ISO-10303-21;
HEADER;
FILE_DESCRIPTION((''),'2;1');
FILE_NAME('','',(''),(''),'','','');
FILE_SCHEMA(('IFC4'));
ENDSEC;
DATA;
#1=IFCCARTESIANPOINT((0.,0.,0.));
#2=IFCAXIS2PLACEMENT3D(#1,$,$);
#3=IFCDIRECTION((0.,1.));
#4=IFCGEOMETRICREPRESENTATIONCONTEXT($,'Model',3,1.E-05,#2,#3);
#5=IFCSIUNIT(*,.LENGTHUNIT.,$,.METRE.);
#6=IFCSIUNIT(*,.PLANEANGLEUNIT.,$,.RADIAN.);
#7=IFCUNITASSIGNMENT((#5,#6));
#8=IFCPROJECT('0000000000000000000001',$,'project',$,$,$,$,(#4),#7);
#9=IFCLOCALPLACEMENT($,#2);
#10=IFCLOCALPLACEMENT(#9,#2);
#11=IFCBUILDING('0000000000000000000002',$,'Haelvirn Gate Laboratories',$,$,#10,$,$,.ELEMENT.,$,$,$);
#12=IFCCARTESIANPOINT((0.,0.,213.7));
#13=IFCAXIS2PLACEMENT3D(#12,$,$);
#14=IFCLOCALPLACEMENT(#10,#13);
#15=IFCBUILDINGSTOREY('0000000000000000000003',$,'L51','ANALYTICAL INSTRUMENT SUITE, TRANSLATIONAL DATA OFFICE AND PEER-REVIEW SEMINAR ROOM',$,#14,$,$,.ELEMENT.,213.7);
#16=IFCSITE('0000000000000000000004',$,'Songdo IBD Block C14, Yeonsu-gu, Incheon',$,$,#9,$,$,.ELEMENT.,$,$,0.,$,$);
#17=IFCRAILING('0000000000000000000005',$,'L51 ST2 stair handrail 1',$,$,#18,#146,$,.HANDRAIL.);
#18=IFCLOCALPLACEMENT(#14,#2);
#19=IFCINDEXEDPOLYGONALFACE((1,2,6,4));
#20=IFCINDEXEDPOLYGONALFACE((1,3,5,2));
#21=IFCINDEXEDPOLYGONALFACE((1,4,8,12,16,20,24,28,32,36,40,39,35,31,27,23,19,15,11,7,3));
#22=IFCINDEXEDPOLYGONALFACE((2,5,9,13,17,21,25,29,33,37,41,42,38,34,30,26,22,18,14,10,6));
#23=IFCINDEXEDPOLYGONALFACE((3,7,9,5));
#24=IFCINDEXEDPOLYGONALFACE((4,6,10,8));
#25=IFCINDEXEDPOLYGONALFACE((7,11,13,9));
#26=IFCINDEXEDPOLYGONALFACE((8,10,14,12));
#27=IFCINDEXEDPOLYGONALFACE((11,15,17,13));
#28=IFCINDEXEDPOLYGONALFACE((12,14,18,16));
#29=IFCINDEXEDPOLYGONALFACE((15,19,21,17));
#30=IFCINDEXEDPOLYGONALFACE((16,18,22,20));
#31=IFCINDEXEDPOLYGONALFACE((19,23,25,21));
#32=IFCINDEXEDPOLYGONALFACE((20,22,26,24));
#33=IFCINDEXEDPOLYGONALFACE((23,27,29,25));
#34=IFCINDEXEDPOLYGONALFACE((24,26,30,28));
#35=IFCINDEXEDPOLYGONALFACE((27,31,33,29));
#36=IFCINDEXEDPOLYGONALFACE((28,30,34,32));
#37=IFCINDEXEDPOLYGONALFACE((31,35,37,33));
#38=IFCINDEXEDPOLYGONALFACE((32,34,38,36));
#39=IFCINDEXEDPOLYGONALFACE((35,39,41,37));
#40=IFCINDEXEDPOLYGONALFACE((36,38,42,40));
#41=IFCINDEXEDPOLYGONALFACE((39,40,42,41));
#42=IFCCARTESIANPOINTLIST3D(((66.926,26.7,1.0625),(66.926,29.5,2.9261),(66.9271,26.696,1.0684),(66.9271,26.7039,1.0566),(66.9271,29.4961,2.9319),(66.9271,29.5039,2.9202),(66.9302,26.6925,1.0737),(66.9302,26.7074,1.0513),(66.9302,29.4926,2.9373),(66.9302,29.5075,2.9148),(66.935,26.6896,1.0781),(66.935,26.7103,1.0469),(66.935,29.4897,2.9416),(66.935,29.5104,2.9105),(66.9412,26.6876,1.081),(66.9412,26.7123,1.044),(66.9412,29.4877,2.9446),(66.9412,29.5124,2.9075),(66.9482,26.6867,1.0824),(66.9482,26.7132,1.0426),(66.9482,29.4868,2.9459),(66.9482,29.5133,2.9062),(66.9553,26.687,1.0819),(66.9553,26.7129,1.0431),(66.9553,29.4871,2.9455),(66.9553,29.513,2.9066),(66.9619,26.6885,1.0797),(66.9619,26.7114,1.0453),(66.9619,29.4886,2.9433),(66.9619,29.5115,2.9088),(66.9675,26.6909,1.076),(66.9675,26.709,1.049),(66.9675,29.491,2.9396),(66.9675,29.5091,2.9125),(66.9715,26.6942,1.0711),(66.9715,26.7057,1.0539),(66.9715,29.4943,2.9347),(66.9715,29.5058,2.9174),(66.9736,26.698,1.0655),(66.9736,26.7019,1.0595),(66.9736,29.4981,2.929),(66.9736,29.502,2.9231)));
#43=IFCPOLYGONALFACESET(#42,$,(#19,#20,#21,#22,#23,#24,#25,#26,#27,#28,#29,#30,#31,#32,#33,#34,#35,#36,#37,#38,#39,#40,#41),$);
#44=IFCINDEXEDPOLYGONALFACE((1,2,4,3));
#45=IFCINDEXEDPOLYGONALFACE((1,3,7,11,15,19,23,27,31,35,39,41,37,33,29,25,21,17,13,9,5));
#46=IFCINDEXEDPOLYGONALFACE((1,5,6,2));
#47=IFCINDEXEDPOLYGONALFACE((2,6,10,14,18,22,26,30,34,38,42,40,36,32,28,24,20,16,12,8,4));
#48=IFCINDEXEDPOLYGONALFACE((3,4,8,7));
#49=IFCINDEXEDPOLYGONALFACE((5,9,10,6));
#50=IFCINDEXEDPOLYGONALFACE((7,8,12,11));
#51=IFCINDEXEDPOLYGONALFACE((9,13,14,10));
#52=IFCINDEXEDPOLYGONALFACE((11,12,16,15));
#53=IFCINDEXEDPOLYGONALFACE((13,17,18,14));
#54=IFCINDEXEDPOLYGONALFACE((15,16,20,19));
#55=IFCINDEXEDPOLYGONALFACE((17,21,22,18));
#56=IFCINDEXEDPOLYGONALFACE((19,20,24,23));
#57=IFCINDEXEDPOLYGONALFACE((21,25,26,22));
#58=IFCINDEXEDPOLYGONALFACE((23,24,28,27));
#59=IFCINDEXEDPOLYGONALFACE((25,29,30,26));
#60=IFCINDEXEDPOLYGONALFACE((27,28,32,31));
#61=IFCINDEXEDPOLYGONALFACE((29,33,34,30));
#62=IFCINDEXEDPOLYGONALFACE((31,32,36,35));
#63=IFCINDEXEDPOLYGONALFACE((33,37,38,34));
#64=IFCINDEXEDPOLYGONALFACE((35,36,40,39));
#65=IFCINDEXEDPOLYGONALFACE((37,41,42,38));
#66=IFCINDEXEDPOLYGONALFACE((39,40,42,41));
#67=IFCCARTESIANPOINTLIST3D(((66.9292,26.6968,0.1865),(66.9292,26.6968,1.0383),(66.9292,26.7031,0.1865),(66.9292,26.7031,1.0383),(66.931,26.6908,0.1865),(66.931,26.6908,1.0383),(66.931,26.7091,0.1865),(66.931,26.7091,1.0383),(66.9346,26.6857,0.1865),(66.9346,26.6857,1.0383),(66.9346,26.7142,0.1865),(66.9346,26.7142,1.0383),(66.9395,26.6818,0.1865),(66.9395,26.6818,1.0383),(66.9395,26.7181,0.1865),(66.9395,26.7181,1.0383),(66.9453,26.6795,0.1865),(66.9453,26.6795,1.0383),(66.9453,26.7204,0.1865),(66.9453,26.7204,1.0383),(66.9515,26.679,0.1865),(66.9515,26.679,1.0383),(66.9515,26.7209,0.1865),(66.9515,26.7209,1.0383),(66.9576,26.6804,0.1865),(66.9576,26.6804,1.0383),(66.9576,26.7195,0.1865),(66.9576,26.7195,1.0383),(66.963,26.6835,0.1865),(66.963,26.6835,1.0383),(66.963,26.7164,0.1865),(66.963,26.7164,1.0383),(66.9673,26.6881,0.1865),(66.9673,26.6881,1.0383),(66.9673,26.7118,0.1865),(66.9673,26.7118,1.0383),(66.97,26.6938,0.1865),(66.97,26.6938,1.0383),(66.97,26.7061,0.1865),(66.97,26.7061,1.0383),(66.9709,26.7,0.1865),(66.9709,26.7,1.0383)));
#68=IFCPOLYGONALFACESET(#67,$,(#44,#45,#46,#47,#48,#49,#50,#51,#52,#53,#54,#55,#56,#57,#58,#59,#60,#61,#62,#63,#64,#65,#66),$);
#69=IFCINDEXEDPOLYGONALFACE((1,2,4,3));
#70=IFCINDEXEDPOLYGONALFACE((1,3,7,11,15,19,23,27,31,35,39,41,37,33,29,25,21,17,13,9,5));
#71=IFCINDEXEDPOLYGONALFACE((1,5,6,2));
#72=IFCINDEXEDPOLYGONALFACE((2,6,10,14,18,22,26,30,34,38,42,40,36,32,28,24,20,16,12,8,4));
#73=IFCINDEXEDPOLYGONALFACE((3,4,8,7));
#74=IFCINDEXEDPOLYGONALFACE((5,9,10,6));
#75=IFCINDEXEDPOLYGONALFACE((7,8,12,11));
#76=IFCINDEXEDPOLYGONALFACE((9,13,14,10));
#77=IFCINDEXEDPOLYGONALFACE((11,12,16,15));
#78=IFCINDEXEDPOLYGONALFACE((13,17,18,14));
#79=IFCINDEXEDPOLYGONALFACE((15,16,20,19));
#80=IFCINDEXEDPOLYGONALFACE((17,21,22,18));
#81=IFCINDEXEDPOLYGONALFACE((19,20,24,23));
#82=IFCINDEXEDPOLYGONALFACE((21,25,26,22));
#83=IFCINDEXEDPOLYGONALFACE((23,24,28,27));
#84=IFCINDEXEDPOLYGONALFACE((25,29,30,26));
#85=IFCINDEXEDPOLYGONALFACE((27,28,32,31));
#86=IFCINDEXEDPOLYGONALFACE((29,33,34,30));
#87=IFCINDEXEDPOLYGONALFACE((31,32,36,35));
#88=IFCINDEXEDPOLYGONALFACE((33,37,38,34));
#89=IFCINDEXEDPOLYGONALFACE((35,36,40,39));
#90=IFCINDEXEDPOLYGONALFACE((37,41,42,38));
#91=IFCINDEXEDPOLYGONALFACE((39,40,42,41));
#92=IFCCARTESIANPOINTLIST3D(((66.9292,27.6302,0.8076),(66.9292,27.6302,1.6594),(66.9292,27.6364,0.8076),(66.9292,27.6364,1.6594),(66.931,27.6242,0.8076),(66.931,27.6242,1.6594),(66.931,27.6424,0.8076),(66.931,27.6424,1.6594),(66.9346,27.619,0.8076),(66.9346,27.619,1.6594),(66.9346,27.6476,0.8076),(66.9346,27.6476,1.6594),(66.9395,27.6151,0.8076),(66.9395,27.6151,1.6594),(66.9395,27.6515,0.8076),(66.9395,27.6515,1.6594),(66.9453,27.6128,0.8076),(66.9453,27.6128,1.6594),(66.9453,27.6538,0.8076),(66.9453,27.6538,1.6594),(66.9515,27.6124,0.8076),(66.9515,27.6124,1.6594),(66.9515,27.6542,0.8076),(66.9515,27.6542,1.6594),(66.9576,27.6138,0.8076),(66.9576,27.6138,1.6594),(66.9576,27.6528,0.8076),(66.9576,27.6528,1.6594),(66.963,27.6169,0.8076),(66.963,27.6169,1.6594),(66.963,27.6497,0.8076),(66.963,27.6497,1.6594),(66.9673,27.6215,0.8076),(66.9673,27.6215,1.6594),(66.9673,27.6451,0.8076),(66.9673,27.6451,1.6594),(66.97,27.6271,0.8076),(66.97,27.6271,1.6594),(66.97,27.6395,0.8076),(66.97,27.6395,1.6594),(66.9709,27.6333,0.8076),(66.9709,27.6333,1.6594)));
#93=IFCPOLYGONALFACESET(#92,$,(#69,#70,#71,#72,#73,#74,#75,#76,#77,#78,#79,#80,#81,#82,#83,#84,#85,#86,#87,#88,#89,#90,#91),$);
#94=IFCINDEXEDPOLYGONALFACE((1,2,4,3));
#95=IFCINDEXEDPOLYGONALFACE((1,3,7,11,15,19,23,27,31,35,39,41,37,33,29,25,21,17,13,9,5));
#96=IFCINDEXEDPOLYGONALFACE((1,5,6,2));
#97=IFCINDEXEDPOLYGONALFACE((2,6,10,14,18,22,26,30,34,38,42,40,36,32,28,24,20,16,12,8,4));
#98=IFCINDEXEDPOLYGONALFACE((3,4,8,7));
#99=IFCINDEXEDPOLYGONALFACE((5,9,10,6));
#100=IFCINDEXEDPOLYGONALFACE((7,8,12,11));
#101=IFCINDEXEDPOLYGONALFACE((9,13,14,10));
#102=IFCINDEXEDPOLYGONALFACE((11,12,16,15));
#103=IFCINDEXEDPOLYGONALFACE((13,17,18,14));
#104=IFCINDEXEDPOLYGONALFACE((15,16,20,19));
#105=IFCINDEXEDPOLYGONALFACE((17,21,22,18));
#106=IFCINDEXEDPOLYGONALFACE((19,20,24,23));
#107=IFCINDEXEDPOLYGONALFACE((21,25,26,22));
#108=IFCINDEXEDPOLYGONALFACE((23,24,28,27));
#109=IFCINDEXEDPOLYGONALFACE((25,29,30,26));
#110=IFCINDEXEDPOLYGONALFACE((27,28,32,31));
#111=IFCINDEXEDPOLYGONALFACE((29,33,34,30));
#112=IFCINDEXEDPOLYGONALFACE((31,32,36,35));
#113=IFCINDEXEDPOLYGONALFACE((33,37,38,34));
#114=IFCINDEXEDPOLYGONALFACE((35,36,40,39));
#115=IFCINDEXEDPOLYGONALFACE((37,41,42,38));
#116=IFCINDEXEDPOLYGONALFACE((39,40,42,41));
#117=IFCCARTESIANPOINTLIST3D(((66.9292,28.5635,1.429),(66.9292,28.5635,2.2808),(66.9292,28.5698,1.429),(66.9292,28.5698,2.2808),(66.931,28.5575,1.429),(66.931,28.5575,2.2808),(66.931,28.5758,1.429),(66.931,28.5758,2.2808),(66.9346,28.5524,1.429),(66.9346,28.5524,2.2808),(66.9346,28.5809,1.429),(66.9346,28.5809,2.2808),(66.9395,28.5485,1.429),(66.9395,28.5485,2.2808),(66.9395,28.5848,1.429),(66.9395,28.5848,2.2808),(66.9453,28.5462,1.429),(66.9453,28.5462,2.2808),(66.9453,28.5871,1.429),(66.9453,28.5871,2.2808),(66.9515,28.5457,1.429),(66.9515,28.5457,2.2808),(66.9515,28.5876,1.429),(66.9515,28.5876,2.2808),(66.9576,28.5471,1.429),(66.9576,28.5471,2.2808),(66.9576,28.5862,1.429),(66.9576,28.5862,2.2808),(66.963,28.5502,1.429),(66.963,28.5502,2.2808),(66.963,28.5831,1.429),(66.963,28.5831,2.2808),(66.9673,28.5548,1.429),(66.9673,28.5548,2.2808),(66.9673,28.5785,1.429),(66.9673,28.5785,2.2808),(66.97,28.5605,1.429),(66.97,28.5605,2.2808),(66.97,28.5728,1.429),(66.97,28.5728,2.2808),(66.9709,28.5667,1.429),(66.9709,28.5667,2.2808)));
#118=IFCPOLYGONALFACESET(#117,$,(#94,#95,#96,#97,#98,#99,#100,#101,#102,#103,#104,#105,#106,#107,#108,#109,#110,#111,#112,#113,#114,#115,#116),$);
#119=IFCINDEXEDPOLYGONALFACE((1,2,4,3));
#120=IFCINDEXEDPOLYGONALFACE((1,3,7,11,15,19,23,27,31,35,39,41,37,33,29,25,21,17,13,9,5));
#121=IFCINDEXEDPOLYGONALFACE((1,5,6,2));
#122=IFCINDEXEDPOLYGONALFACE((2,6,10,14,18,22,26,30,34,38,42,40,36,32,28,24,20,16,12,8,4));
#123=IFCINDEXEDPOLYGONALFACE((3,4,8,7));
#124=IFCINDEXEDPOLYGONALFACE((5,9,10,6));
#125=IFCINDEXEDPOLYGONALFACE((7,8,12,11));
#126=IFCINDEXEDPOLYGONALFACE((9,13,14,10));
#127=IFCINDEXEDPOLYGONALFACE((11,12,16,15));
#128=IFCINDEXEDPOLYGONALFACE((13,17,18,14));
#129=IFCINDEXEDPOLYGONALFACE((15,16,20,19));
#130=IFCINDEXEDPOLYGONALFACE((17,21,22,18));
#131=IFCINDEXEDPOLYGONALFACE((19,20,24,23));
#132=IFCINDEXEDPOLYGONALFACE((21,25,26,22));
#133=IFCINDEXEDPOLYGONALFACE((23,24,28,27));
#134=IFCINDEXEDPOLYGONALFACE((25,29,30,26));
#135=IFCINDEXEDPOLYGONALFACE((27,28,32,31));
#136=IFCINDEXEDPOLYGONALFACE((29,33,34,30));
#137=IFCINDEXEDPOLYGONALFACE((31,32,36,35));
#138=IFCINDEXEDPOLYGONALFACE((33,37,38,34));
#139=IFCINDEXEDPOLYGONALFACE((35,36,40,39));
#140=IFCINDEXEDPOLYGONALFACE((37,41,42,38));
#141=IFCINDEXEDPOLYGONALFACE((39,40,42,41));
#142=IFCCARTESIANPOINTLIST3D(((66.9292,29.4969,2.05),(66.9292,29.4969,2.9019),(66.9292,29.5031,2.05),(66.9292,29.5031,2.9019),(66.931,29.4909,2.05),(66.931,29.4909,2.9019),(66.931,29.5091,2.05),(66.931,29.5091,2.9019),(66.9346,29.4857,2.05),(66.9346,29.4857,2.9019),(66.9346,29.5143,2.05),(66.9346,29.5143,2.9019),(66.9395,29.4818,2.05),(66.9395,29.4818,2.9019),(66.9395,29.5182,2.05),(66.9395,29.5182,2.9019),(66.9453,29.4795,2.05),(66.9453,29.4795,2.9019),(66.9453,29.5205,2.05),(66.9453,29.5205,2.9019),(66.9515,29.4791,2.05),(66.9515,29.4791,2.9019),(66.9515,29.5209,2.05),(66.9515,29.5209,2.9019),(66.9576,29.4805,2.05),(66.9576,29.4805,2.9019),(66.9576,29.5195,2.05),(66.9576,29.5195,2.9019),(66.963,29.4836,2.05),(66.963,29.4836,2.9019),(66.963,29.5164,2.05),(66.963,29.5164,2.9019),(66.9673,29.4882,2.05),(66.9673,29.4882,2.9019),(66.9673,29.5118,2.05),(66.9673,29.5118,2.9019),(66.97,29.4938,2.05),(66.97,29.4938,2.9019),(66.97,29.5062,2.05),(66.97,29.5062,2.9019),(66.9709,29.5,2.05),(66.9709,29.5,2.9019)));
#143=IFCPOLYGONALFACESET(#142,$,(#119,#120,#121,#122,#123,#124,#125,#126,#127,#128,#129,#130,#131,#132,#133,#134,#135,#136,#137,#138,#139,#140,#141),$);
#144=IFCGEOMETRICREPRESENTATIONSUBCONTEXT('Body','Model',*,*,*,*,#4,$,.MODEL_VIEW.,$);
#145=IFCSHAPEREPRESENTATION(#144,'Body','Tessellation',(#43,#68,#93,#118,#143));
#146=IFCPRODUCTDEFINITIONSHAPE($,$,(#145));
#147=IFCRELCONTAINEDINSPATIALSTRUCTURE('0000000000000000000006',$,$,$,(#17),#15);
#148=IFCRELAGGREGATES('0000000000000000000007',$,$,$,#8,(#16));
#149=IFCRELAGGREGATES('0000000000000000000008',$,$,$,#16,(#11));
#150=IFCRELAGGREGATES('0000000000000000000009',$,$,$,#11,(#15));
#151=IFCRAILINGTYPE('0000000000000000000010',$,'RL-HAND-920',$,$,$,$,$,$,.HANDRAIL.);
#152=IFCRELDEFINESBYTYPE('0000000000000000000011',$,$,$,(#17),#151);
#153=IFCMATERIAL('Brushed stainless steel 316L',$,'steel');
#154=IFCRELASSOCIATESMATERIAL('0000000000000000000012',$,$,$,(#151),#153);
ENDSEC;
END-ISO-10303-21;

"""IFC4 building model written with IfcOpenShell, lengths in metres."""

from ifc_helpers import new_model, si_unit, direction, frame, origin, origin_2d, place, context, subcontext, project, spatial, circle, extrude, source, transform, mapped, material, type_object, element, save


model = new_model("IFC4")

# Units and contexts
model_context = context("Model", 3, precision=1e-05, world=origin(), true_north=direction((0.0, 1.0)))
body_context = subcontext(model_context, "Body", "Model", "MODEL_VIEW")
ifc_project = project(units=[si_unit("LENGTHUNIT", "METRE"), si_unit("PLANEANGLEUNIT", "RADIAN")], contexts=[model_context])

# Site, building, storey
site_placement = place(None, origin())
site = spatial("IfcSite", under=ifc_project, at=site_placement, Name="Songdo IBD Block C14, Yeonsu-gu, Incheon", CompositionType="ELEMENT", RefElevation=0.0)
building_placement = place(site_placement, origin())
building = spatial("IfcBuilding", under=site, at=building_placement, Name="Haelvirn Gate Laboratories", CompositionType="ELEMENT")
storey_placement = place(building_placement, frame((0.0, 0.0, 213.7)))
storey = spatial("IfcBuildingStorey", under=building, at=storey_placement, Name="L51", Description="ANALYTICAL INSTRUMENT SUITE, TRANSLATIONAL DATA OFFICE AND PEER-REVIEW SEMINAR ROOM", CompositionType="ELEMENT", Elevation=213.7)

# Railing
ifc_material_1 = material(Name="Brushed stainless steel 316L", Category="steel")
railing_type_1 = type_object("IfcRailingType", Name="RL-HAND-920", PredefinedType="HANDRAIL", material=ifc_material_1)
shared_shape_1 = source(origin(), body_context, "Body", "SweptSolid", [
    extrude(circle(Radius=0.0239, at=origin_2d()), frame((0.0, 0.0, 0.876), z_axis=(0.0, 0.832486, 0.554047), x_axis=(-1.0, 0.0, 0.0)), (0.0, 0.0, 1.0), 3.3635),
    extrude(circle(Radius=0.021, at=origin_2d()), origin(), (0.0, 0.0, 1.0), 0.8518),
    extrude(circle(Radius=0.021, at=origin_2d()), frame((0.0, 0.9333, 0.6211)), (0.0, 0.0, 1.0), 0.8518),
    extrude(circle(Radius=0.021, at=origin_2d()), frame((0.0, 1.8667, 1.2424)), (0.0, 0.0, 1.0), 0.8518),
    extrude(circle(Radius=0.021, at=origin_2d()), frame((0.0, 2.8, 1.8635)), (0.0, 0.0, 1.0), 0.8518),
])
railing_1_placement = place(storey_placement, frame((66.95, 26.7, 0.1865)))
element("IfcRailing", 1, at=railing_1_placement, inside=storey, type_object=railing_type_1, Name="L51 ST2 stair handrail 1", PredefinedType="HANDRAIL", context=body_context, shape_type="MappedRepresentation", body=[
    mapped(shared_shape_1, transform((0.0, 0.0, 0.0), scale=1.0)),
])

save(model, "model.ifc")
